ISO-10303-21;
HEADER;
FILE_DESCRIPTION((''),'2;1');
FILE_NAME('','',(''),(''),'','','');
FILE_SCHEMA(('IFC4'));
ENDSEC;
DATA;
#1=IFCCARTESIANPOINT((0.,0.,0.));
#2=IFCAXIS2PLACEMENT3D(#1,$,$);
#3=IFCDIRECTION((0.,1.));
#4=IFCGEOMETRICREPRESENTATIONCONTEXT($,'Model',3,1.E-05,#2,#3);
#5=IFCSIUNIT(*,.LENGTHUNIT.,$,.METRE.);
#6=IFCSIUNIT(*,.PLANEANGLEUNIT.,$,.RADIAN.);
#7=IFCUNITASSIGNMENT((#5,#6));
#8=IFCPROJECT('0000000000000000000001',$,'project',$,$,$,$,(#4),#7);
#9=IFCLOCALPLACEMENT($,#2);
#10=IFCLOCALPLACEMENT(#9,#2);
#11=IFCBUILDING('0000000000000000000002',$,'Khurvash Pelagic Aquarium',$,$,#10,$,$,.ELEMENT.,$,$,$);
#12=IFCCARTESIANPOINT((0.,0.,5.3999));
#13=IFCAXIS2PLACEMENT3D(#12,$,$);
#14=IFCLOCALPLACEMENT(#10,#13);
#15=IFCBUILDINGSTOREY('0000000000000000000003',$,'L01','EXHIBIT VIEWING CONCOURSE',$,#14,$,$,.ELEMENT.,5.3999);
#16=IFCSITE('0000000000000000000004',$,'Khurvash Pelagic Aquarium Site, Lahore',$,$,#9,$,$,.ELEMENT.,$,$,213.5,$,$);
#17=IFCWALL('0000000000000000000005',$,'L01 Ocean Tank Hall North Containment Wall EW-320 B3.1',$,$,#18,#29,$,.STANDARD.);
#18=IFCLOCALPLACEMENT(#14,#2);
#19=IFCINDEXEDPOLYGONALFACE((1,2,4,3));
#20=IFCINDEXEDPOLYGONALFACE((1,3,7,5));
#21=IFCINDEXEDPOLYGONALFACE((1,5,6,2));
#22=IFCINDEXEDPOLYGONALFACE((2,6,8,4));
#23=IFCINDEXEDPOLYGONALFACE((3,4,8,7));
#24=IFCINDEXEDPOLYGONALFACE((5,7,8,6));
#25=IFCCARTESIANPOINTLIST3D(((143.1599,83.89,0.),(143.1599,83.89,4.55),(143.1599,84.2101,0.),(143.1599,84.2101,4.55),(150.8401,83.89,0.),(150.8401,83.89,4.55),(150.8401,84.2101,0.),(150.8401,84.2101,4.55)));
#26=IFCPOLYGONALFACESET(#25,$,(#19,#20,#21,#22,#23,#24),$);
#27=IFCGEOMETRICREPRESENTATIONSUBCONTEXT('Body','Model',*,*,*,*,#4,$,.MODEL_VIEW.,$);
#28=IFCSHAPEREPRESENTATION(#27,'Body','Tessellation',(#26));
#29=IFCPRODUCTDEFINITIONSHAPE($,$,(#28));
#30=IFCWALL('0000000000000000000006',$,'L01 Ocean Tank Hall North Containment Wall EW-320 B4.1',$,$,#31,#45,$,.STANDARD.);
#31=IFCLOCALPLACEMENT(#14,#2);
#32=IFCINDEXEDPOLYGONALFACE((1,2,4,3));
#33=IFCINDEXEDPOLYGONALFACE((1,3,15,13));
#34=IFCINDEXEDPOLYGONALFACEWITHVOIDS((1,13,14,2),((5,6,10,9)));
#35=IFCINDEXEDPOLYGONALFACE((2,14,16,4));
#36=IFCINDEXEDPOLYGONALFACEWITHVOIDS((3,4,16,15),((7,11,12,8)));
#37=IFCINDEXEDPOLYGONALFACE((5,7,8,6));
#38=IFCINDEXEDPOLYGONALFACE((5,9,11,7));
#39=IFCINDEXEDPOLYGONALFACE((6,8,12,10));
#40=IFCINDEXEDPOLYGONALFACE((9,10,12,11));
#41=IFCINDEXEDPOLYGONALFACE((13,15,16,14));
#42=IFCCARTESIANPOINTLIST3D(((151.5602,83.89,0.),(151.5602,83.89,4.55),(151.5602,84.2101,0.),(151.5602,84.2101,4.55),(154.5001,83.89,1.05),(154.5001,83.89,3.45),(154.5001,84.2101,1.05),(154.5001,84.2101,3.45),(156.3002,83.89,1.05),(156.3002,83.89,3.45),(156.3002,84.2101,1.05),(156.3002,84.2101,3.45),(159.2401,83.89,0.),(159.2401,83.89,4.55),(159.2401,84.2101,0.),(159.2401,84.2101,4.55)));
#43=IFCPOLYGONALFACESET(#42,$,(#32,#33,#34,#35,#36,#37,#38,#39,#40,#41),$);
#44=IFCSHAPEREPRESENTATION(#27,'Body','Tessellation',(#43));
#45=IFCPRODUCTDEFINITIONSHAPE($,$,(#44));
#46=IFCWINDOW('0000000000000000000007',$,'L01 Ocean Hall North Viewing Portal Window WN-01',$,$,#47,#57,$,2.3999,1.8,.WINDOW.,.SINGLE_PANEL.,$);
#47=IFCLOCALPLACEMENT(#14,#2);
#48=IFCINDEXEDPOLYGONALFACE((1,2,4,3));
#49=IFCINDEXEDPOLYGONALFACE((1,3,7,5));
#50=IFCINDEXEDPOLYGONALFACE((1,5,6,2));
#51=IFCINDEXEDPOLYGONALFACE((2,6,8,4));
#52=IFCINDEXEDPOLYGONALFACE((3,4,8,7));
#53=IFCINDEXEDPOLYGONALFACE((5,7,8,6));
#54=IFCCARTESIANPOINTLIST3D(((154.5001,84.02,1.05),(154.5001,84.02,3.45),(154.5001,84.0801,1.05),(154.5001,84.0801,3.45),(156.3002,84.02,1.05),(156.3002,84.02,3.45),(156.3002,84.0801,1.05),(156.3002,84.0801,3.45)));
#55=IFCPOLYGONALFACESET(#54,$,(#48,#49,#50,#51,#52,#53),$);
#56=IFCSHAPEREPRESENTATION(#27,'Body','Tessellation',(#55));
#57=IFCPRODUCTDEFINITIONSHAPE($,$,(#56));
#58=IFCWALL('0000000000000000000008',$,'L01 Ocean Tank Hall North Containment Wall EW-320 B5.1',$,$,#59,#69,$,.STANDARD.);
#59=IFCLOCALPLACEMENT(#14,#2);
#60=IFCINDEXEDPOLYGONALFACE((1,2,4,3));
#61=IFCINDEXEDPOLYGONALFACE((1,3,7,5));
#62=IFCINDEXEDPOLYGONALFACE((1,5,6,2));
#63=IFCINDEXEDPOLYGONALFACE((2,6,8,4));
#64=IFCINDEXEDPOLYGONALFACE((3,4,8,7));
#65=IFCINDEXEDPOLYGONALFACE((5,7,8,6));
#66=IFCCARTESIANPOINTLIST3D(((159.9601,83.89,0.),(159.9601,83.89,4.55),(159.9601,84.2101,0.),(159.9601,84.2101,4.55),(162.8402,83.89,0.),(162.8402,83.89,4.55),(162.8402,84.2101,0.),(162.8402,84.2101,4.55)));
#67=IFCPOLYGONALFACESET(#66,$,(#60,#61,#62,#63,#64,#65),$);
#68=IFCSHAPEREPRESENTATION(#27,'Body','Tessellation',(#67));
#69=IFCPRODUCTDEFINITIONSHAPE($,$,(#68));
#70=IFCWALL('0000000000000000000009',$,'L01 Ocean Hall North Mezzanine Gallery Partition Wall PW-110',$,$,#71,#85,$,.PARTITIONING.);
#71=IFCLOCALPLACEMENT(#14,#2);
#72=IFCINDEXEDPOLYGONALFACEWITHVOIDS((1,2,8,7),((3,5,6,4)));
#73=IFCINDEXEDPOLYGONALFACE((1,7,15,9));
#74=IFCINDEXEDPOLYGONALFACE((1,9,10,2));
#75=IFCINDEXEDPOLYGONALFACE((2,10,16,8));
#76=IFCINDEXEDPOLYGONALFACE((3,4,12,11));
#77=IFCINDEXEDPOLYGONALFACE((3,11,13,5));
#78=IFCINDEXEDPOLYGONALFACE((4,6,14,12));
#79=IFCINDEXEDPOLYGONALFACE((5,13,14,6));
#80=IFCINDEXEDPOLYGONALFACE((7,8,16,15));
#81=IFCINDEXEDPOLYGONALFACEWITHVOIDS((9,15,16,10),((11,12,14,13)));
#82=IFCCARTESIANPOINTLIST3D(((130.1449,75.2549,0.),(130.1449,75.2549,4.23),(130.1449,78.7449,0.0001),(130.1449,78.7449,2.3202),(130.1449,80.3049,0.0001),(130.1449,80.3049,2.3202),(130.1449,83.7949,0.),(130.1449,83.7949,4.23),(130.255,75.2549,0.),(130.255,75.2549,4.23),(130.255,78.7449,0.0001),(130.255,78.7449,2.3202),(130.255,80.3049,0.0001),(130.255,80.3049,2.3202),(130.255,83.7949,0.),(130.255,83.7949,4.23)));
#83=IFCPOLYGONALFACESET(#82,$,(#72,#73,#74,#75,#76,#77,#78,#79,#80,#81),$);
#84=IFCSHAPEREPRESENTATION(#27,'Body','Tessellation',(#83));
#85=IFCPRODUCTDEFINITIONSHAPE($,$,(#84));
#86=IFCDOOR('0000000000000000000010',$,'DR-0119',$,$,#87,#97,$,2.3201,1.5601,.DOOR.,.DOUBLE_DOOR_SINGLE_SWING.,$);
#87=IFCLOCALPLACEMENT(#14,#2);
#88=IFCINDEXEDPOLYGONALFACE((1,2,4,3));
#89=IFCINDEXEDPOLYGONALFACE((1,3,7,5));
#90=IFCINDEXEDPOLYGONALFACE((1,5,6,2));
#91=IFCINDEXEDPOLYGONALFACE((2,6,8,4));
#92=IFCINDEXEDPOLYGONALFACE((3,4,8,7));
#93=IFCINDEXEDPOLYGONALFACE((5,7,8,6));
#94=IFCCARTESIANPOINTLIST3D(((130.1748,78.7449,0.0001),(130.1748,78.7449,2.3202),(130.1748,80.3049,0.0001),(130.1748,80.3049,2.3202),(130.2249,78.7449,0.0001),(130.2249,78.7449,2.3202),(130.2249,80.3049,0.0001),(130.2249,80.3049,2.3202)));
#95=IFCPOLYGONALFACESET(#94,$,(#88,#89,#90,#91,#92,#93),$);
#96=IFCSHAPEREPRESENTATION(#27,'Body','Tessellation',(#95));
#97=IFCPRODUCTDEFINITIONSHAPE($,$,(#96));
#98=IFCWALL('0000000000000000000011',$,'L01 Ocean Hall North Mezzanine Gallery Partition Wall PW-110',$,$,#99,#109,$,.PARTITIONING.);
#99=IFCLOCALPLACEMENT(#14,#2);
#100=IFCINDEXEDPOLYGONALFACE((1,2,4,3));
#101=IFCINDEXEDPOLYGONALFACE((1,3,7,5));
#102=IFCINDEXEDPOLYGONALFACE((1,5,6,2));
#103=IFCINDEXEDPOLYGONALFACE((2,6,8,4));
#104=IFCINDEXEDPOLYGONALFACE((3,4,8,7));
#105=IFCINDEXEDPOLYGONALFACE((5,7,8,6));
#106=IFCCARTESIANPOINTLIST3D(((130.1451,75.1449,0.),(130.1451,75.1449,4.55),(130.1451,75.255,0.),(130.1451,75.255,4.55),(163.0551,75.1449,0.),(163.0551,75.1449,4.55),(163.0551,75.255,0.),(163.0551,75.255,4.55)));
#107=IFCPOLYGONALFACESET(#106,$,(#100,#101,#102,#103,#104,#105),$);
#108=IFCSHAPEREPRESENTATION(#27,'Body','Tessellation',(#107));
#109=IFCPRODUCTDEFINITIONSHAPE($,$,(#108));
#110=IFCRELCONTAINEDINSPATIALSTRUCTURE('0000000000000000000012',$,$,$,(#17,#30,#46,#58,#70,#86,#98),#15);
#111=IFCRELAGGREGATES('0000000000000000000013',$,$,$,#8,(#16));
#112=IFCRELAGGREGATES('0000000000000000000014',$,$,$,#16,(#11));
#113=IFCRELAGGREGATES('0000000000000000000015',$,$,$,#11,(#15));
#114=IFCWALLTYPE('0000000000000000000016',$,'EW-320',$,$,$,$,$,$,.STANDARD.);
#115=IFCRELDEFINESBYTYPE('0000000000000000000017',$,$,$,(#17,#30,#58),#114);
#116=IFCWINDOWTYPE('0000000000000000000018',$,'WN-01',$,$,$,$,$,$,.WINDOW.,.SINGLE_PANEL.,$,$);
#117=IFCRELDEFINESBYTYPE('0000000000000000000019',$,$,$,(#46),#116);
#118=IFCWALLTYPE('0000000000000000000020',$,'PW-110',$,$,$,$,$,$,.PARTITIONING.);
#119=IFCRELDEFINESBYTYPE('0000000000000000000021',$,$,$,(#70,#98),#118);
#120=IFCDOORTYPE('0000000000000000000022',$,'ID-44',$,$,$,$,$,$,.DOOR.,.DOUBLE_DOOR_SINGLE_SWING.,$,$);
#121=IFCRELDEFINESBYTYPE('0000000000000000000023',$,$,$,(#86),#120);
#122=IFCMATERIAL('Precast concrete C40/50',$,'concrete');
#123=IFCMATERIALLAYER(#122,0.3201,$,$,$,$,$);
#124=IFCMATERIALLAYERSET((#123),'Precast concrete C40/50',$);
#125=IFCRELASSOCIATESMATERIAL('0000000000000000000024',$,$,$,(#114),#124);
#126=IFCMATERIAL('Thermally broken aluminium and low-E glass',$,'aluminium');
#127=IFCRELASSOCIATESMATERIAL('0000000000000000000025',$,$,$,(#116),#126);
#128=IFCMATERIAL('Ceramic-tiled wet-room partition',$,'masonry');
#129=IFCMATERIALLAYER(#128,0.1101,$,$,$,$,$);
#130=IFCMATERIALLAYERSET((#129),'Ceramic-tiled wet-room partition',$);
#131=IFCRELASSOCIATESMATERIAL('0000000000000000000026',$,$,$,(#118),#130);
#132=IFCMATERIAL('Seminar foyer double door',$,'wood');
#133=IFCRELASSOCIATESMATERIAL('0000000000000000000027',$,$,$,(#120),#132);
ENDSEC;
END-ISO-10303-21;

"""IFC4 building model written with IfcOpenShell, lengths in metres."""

from ifc_helpers import new_model, si_unit, direction, frame, frame_2d, origin, place, context, subcontext, project, spatial, rectangle, extrude, material, layer, layer_set, type_object, element, fill, save


model = new_model("IFC4")

# Units and contexts
model_context = context("Model", 3, precision=1e-05, world=origin(), true_north=direction((0.0, 1.0)))
body_context = subcontext(model_context, "Body", "Model", "MODEL_VIEW")
ifc_project = project(units=[si_unit("LENGTHUNIT", "METRE"), si_unit("PLANEANGLEUNIT", "RADIAN")], contexts=[model_context])

# Site, building, storey
site_placement = place(None, origin())
site = spatial("IfcSite", under=ifc_project, at=site_placement, Name="Khurvash Pelagic Aquarium Site, Lahore", CompositionType="ELEMENT", RefElevation=213.5)
building_placement = place(site_placement, origin())
building = spatial("IfcBuilding", under=site, at=building_placement, Name="Khurvash Pelagic Aquarium", CompositionType="ELEMENT")
storey_placement = place(building_placement, frame((0.0, 0.0, 5.3999)))
storey = spatial("IfcBuildingStorey", under=building, at=storey_placement, Name="L01", Description="EXHIBIT VIEWING CONCOURSE", CompositionType="ELEMENT", Elevation=5.3999)

# Shared definitions
ifc_material_1 = material(Name="Precast concrete C40/50", Category="concrete")
ifc_layer_1 = layer(ifc_material_1, 0.3201)
ifc_layer_set_1 = layer_set([ifc_layer_1], Name="Precast concrete C40/50")
wall_type_1 = type_object("IfcWallType", Name="EW-320", PredefinedType="STANDARD", material=ifc_layer_set_1)

# Shared definitions
ifc_material_2 = material(Name="Thermally broken aluminium and low-E glass", Category="aluminium")
window_type = type_object("IfcWindowType", Name="WN-01", PartitioningType="SINGLE_PANEL", PredefinedType="WINDOW", material=ifc_material_2)

# Wall
wall_1_placement = place(storey_placement, frame((150.8401, 84.05, 0.0), z_axis=(0.0, 0.0, 1.0), x_axis=(-1.0, 0.0, 0.0)))
element("IfcWall", 1, at=wall_1_placement, inside=storey, type_object=wall_type_1, Name="L01 Ocean Tank Hall North Containment Wall EW-320 B3.1", PredefinedType="STANDARD", context=body_context, shape_type="SweptSolid", body=[
    extrude(rectangle(XDim=7.6802, YDim=0.3201, at=frame_2d((3.8401, 0.0))), origin(), (0.0, 0.0, 1.0), 4.55),
])

# Wall, opening, window
wall_2_placement = place(storey_placement, frame((159.24, 84.05, 0.0), z_axis=(0.0, 0.0, 1.0), x_axis=(-1.0, 0.0, 0.0)))
wall_2 = element("IfcWall", 2, at=wall_2_placement, inside=storey, type_object=wall_type_1, Name="L01 Ocean Tank Hall North Containment Wall EW-320 B4.1", PredefinedType="STANDARD", context=body_context, shape_type="SweptSolid", body=[
    extrude(rectangle(XDim=7.6799, YDim=0.3201, at=frame_2d((3.8398, 0.0))), origin(), (0.0, 0.0, 1.0), 4.55),
])
opening_1_placement = place(wall_2_placement, frame((2.9399, 0.0, 1.05)))
opening_1 = element("IfcOpeningElement", 3, at=opening_1_placement, cuts=wall_2, PredefinedType="OPENING", context=body_context, shape_type="SweptSolid", body=[
    extrude(rectangle(XDim=1.8, YDim=2.3999, at=frame_2d((0.8999, 1.2))), frame((0.0, 0.1699, 0.0), z_axis=(0.0, -1.0, 0.0), x_axis=(1.0, 0.0, 0.0)), (0.0, 0.0, 1.0), 0.3401),
])
window_1_placement = place(opening_1_placement, origin())
window_1 = element("IfcWindow", 4, at=window_1_placement, inside=storey, type_object=window_type, Name="L01 Ocean Hall North Viewing Portal Window WN-01", OverallHeight=2.3999, OverallWidth=1.8, PartitioningType="SINGLE_PANEL", PredefinedType="WINDOW", context=body_context, shape_type="SweptSolid", body=[
    extrude(rectangle(XDim=1.8, YDim=2.3999, at=frame_2d((0.8999, 1.2))), frame((0.0, 0.03, 0.0), z_axis=(0.0, -1.0, 0.0), x_axis=(1.0, 0.0, 0.0)), (0.0, 0.0, 1.0), 0.0601),
])
fill(opening_1, window_1)

# Wall
wall_3_placement = place(storey_placement, frame((162.8401, 84.05, 0.0), z_axis=(0.0, 0.0, 1.0), x_axis=(-1.0, 0.0, 0.0)))
element("IfcWall", 5, at=wall_3_placement, inside=storey, type_object=wall_type_1, Name="L01 Ocean Tank Hall North Containment Wall EW-320 B5.1", PredefinedType="STANDARD", context=body_context, shape_type="SweptSolid", body=[
    extrude(rectangle(XDim=2.8801, YDim=0.3201, at=frame_2d((1.4399, 0.0))), origin(), (0.0, 0.0, 1.0), 4.55),
])

# Wall, opening, door
ifc_material_3 = material(Name="Ceramic-tiled wet-room partition", Category="masonry")
ifc_layer_2 = layer(ifc_material_3, 0.1101)
ifc_layer_set_2 = layer_set([ifc_layer_2], Name="Ceramic-tiled wet-room partition")
wall_type_2 = type_object("IfcWallType", Name="PW-110", PredefinedType="PARTITIONING", material=ifc_layer_set_2)
wall_4_placement = place(storey_placement, frame((130.2, 75.2549, 0.0), z_axis=(0.0, 0.0, 1.0), x_axis=(0.0, 1.0, 0.0)))
wall_4 = element("IfcWall", 6, at=wall_4_placement, inside=storey, type_object=wall_type_2, Name="L01 Ocean Hall North Mezzanine Gallery Partition Wall PW-110", PredefinedType="PARTITIONING", context=body_context, shape_type="SweptSolid", body=[
    extrude(rectangle(XDim=8.54, YDim=0.1101, at=frame_2d((4.27, 0.0))), origin(), (0.0, 0.0, 1.0), 4.23),
])
opening_2_placement = place(wall_4_placement, frame((3.49, 0.0, 0.0)))
opening_2 = element("IfcOpeningElement", 7, at=opening_2_placement, cuts=wall_4, PredefinedType="OPENING", context=body_context, shape_type="SweptSolid", body=[
    extrude(rectangle(XDim=1.5601, YDim=2.3201, at=frame_2d((0.78, 1.1602))), frame((0.0, 0.0649, 0.0), z_axis=(0.0, -1.0, 0.0), x_axis=(1.0, 0.0, 0.0)), (0.0, 0.0, 1.0), 0.1301),
])
ifc_material_4 = material(Name="Seminar foyer double door", Category="wood")
door_type = type_object("IfcDoorType", Name="ID-44", OperationType="DOUBLE_DOOR_SINGLE_SWING", PredefinedType="DOOR", material=ifc_material_4)
door_placement = place(opening_2_placement, frame((1.5601, 0.0, 0.0), z_axis=(0.0, 0.0, 1.0), x_axis=(-1.0, 0.0, 0.0)))
door = element("IfcDoor", 8, at=door_placement, inside=storey, type_object=door_type, Name="DR-0119", OperationType="DOUBLE_DOOR_SINGLE_SWING", OverallHeight=2.3201, OverallWidth=1.5601, PredefinedType="DOOR", context=body_context, shape_type="SweptSolid", body=[
    extrude(rectangle(XDim=1.5601, YDim=2.3201, at=frame_2d((0.78, 1.1602))), frame((0.0, 0.0249, 0.0), z_axis=(0.0, -1.0, 0.0), x_axis=(1.0, 0.0, 0.0)), (0.0, 0.0, 1.0), 0.05),
])
fill(opening_2, door)

# Wall
wall_5_placement = place(storey_placement, frame((130.145, 75.2, 0.0), z_axis=(0.0, 0.0, 1.0), x_axis=(1.0, 0.0, 0.0)))
element("IfcWall", 9, at=wall_5_placement, inside=storey, type_object=wall_type_2, Name="L01 Ocean Hall North Mezzanine Gallery Partition Wall PW-110", PredefinedType="PARTITIONING", context=body_context, shape_type="SweptSolid", body=[
    extrude(rectangle(XDim=32.9099, YDim=0.1101, at=frame_2d((16.4551, 0.0))), origin(), (0.0, 0.0, 1.0), 4.55),
])

save(model, "model.ifc")
